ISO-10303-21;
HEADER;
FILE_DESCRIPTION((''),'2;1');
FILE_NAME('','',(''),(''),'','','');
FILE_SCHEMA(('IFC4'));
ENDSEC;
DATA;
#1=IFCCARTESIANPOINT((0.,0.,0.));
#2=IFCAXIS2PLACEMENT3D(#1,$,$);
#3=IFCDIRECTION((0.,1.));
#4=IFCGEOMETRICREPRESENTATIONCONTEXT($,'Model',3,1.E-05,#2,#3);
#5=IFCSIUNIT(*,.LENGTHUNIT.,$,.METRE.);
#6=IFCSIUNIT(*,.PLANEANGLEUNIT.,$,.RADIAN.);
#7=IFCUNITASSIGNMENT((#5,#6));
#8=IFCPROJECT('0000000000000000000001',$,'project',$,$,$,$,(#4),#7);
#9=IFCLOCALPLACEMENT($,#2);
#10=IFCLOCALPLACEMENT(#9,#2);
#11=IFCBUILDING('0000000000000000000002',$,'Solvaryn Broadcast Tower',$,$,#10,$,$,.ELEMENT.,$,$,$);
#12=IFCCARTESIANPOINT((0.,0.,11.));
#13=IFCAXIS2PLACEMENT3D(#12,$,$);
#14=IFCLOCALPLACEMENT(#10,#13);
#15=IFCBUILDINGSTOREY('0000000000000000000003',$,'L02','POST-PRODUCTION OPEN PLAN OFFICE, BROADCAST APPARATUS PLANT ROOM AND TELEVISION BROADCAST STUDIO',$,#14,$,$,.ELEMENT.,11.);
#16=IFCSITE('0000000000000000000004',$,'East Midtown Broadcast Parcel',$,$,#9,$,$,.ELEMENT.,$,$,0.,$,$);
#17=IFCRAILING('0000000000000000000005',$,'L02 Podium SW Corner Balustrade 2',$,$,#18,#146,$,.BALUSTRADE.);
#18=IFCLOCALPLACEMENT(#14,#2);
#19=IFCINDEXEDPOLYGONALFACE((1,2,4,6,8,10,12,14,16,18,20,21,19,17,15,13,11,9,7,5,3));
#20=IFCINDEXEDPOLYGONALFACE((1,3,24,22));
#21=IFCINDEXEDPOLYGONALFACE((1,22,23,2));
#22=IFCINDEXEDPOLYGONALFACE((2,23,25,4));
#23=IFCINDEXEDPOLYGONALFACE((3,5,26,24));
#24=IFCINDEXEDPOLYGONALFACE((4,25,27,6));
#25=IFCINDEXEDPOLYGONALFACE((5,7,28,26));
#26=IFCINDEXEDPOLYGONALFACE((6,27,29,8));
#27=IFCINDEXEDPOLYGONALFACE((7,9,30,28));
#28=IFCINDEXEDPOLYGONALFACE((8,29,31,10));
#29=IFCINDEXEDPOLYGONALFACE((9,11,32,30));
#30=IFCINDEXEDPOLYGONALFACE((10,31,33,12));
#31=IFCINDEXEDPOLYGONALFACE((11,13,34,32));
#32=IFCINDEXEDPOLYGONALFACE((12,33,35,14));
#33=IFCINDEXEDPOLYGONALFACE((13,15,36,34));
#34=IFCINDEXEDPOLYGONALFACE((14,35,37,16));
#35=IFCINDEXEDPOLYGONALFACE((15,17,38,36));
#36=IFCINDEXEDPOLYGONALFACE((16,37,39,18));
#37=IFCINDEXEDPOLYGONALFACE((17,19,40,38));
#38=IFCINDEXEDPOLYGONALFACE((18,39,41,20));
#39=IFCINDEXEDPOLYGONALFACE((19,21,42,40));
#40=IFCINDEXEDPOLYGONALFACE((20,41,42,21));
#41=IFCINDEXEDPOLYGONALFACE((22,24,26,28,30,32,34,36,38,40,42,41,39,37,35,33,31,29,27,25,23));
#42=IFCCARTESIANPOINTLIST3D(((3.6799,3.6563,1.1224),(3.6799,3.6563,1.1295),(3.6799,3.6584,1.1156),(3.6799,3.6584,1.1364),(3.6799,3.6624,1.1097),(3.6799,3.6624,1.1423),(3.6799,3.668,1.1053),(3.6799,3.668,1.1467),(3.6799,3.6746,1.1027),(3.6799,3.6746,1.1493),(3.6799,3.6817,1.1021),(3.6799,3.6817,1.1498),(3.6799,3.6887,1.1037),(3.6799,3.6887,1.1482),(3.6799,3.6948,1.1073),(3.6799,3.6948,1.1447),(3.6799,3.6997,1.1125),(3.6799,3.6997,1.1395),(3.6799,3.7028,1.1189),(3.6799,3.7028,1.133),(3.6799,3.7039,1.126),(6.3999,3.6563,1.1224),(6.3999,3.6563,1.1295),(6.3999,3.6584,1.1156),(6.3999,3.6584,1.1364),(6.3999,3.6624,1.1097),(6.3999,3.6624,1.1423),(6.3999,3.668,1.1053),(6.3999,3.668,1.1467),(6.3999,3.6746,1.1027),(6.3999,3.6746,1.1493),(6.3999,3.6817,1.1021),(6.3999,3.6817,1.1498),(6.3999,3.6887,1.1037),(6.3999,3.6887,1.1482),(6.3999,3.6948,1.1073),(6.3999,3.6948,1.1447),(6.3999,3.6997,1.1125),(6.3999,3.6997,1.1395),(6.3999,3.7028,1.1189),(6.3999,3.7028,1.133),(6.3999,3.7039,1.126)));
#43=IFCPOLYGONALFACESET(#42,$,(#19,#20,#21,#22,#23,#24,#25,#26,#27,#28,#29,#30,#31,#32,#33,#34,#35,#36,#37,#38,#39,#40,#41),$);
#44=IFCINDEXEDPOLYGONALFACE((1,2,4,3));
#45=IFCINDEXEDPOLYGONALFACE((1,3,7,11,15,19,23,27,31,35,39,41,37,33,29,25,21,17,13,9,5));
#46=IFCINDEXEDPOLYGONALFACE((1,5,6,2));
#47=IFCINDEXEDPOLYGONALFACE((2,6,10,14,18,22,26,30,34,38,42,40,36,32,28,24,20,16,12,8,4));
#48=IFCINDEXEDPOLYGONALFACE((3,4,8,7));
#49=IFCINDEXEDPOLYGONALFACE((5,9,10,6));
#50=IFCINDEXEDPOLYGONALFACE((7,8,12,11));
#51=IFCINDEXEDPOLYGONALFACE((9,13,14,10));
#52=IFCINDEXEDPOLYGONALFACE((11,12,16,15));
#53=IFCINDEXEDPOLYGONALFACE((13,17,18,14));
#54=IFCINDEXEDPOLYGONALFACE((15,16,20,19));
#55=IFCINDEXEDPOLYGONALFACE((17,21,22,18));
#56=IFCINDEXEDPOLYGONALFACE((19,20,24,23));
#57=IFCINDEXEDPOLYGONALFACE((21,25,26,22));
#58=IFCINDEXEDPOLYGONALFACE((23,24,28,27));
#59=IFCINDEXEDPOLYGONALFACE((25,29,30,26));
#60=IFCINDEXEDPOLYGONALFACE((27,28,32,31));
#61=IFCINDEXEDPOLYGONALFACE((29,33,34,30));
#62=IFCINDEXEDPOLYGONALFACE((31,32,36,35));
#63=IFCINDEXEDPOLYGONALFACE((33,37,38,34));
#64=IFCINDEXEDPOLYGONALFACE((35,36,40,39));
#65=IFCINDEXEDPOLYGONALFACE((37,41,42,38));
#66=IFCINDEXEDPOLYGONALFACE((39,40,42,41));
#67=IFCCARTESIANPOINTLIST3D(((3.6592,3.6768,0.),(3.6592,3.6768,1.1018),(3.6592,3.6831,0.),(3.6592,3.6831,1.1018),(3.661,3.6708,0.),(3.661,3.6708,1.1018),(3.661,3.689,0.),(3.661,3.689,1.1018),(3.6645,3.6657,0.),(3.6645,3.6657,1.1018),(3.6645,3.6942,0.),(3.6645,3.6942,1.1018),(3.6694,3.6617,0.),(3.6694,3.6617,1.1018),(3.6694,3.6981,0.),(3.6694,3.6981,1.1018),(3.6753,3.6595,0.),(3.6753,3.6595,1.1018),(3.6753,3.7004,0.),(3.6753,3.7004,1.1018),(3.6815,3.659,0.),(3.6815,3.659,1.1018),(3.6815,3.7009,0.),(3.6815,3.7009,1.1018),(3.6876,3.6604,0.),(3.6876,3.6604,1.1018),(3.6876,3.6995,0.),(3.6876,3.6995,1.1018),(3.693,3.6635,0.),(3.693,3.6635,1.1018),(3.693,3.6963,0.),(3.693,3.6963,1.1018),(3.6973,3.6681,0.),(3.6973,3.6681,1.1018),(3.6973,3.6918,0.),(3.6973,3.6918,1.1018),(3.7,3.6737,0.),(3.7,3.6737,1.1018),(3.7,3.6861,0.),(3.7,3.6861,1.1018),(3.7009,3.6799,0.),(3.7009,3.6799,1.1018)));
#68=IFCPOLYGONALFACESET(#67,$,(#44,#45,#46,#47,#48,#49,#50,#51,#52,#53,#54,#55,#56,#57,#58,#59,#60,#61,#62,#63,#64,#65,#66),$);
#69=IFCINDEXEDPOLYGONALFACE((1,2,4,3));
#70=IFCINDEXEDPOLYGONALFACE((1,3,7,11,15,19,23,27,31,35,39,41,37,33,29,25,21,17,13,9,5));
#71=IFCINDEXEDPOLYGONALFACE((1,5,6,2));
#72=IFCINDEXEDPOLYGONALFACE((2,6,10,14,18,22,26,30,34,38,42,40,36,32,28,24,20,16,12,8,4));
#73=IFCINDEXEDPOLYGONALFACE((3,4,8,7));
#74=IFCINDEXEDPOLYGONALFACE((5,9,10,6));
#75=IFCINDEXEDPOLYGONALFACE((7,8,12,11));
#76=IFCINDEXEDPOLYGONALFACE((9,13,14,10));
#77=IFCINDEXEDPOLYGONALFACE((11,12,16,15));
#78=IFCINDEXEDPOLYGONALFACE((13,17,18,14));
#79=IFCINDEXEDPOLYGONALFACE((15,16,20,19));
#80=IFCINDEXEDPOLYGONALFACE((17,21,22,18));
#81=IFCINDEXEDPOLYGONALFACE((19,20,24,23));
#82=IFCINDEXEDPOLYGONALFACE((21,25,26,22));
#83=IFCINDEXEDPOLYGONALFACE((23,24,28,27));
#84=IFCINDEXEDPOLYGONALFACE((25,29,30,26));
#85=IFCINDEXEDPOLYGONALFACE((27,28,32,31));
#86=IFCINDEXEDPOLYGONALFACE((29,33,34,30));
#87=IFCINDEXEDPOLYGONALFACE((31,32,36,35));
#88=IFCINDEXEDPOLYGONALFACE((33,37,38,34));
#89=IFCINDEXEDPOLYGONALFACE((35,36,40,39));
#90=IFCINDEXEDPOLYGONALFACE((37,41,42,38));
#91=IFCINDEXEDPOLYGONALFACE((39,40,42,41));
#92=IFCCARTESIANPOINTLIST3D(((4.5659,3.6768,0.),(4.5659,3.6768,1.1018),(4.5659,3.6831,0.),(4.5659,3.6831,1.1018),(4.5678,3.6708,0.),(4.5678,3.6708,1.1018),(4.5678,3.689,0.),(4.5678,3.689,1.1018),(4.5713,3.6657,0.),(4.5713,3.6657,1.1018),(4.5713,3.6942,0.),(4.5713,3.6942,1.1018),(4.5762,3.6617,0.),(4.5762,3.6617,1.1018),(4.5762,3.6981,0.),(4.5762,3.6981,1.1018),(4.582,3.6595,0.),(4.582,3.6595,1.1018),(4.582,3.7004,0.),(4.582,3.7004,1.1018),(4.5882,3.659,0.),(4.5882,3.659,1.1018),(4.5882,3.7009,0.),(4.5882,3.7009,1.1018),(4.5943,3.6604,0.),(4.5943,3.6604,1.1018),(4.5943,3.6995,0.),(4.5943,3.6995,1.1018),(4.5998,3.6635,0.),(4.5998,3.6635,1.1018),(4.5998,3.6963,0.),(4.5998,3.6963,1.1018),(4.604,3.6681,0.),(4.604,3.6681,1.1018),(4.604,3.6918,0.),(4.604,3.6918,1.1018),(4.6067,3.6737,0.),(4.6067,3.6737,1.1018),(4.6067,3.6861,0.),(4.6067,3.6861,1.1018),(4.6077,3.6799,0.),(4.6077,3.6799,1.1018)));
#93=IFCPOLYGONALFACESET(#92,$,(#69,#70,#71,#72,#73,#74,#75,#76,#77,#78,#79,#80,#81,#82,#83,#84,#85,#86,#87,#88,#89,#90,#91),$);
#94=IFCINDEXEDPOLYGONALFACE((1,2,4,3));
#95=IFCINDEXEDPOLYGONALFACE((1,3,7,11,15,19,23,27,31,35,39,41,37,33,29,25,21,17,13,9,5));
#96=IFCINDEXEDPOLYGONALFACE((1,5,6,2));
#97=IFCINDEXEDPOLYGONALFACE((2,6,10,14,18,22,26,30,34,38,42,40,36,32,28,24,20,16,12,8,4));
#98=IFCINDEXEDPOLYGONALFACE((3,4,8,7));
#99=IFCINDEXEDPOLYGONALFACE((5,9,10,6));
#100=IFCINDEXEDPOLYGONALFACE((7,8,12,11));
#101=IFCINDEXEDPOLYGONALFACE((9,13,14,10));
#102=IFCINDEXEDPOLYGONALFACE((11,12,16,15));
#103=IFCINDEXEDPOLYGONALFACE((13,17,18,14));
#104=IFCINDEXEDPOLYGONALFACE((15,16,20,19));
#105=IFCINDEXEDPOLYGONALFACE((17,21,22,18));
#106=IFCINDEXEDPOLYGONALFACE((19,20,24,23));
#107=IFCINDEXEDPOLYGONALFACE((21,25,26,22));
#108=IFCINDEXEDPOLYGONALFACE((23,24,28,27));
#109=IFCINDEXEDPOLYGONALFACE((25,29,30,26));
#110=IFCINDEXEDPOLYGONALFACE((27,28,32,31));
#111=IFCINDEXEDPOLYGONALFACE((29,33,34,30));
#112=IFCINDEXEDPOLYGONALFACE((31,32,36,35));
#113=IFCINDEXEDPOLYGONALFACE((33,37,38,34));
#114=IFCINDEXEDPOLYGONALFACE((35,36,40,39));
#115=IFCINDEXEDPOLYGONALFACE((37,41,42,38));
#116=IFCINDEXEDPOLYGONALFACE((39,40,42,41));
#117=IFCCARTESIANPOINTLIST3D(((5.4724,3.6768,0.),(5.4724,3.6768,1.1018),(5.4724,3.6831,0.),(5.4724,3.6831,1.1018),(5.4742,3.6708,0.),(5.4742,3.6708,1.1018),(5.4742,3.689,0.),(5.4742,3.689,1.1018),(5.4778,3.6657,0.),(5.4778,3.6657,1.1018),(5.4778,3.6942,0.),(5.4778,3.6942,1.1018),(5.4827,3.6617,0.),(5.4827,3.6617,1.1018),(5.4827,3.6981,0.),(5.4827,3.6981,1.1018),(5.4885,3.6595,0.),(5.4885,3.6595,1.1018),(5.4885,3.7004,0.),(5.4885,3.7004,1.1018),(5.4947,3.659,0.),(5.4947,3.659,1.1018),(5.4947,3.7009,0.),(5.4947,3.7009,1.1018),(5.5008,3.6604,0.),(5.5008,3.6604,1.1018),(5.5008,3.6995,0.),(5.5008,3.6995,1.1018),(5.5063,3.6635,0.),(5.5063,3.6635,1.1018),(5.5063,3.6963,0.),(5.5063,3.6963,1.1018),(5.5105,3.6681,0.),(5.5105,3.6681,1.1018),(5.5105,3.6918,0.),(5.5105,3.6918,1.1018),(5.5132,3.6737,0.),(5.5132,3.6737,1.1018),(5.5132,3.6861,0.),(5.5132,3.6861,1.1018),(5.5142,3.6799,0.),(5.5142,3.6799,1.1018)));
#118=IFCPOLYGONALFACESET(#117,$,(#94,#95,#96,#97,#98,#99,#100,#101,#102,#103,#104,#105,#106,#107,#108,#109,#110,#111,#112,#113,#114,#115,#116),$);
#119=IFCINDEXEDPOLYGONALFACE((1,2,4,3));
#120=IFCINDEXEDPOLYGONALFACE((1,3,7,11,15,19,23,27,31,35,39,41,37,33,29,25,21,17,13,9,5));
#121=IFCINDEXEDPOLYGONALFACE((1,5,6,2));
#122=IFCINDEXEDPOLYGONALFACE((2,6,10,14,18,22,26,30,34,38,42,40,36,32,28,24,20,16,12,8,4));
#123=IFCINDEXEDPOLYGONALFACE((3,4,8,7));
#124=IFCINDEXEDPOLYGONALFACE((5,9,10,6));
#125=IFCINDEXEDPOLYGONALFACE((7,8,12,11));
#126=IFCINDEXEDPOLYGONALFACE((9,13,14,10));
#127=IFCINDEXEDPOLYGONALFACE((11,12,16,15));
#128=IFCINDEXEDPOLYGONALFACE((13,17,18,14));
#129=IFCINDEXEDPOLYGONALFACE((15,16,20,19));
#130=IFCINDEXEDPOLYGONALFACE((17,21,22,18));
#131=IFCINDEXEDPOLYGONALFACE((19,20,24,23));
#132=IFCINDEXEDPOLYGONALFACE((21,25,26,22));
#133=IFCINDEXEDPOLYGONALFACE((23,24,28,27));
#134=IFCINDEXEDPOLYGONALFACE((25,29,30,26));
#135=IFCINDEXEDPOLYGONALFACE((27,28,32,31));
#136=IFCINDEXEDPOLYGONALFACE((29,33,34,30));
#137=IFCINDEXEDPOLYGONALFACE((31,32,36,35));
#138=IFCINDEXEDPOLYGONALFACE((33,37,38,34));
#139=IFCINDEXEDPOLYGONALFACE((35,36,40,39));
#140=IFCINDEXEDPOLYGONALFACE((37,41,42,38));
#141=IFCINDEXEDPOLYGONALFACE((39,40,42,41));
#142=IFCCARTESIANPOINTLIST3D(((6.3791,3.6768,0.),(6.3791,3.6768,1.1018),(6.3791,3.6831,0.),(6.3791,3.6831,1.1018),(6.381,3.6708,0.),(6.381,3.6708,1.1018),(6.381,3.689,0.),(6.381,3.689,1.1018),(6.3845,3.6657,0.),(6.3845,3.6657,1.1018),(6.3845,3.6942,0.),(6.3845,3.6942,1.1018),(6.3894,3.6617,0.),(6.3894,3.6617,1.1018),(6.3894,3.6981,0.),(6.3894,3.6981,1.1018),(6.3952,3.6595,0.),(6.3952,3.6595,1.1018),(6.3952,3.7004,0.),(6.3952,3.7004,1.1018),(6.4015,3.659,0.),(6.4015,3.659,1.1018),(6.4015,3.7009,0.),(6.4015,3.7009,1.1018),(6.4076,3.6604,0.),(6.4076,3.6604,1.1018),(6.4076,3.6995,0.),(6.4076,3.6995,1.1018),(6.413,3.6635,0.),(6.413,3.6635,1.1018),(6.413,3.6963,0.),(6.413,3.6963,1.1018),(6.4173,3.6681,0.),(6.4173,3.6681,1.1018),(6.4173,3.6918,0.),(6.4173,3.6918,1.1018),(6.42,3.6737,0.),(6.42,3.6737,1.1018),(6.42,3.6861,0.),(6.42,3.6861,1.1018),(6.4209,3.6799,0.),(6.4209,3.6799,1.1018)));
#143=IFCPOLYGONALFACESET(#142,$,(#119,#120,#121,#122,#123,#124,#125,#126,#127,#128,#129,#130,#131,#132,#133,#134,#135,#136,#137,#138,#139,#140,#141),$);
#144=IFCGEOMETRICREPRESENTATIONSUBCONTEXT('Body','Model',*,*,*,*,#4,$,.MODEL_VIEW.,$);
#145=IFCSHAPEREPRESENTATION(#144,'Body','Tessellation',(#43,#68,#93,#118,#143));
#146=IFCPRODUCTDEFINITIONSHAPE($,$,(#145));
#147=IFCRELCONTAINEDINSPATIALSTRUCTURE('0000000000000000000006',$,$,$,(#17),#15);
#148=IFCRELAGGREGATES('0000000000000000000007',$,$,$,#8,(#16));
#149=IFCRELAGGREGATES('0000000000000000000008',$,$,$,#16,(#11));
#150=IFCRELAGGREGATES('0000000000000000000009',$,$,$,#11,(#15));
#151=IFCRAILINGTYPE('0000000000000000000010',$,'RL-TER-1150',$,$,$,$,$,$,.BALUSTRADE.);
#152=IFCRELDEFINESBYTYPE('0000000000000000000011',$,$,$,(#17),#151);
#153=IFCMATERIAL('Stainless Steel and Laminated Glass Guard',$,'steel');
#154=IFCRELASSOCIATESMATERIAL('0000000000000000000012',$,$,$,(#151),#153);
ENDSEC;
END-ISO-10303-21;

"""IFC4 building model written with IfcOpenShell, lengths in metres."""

from ifc_helpers import new_model, si_unit, direction, frame, origin, origin_2d, place, context, subcontext, project, spatial, circle, extrude, material, type_object, element, save


model = new_model("IFC4")

# Units and contexts
model_context = context("Model", 3, precision=1e-05, world=origin(), true_north=direction((0.0, 1.0)))
body_context = subcontext(model_context, "Body", "Model", "MODEL_VIEW")
ifc_project = project(units=[si_unit("LENGTHUNIT", "METRE"), si_unit("PLANEANGLEUNIT", "RADIAN")], contexts=[model_context])

# Site, building, storey
site_placement = place(None, origin())
site = spatial("IfcSite", under=ifc_project, at=site_placement, Name="East Midtown Broadcast Parcel", CompositionType="ELEMENT", RefElevation=0.0)
building_placement = place(site_placement, origin())
building = spatial("IfcBuilding", under=site, at=building_placement, Name="Solvaryn Broadcast Tower", CompositionType="ELEMENT")
storey_placement = place(building_placement, frame((0.0, 0.0, 11.0)))
storey = spatial("IfcBuildingStorey", under=building, at=storey_placement, Name="L02", Description="POST-PRODUCTION OPEN PLAN OFFICE, BROADCAST APPARATUS PLANT ROOM AND TELEVISION BROADCAST STUDIO", CompositionType="ELEMENT", Elevation=11.0)

# Railing
ifc_material_1 = material(Name="Stainless Steel and Laminated Glass Guard", Category="steel")
railing_type = type_object("IfcRailingType", Name="RL-TER-1150", PredefinedType="BALUSTRADE", material=ifc_material_1)
railing_1_placement = place(storey_placement, frame((3.6799, 3.6799, 0.0)))
element("IfcRailing", 1, at=railing_1_placement, inside=storey, type_object=railing_type, Name="L02 Podium SW Corner Balustrade 2", PredefinedType="BALUSTRADE", context=body_context, shape_type="SweptSolid", body=[
    extrude(circle(Radius=0.0239, at=origin_2d()), frame((0.0, 0.0, 1.126), z_axis=(1.0, 0.0, 0.0), x_axis=(0.0, 1.0, 0.0)), (0.0, 0.0, 1.0), 2.72),
    extrude(circle(Radius=0.021, at=origin_2d()), origin(), (0.0, 0.0, 1.0), 1.1018),
    extrude(circle(Radius=0.021, at=origin_2d()), frame((0.9067, 0.0, 0.0)), (0.0, 0.0, 1.0), 1.1018),
    extrude(circle(Radius=0.021, at=origin_2d()), frame((1.8132, 0.0, 0.0)), (0.0, 0.0, 1.0), 1.1018),
    extrude(circle(Radius=0.021, at=origin_2d()), frame((2.72, 0.0, 0.0)), (0.0, 0.0, 1.0), 1.1018),
])

save(model, "model.ifc")
